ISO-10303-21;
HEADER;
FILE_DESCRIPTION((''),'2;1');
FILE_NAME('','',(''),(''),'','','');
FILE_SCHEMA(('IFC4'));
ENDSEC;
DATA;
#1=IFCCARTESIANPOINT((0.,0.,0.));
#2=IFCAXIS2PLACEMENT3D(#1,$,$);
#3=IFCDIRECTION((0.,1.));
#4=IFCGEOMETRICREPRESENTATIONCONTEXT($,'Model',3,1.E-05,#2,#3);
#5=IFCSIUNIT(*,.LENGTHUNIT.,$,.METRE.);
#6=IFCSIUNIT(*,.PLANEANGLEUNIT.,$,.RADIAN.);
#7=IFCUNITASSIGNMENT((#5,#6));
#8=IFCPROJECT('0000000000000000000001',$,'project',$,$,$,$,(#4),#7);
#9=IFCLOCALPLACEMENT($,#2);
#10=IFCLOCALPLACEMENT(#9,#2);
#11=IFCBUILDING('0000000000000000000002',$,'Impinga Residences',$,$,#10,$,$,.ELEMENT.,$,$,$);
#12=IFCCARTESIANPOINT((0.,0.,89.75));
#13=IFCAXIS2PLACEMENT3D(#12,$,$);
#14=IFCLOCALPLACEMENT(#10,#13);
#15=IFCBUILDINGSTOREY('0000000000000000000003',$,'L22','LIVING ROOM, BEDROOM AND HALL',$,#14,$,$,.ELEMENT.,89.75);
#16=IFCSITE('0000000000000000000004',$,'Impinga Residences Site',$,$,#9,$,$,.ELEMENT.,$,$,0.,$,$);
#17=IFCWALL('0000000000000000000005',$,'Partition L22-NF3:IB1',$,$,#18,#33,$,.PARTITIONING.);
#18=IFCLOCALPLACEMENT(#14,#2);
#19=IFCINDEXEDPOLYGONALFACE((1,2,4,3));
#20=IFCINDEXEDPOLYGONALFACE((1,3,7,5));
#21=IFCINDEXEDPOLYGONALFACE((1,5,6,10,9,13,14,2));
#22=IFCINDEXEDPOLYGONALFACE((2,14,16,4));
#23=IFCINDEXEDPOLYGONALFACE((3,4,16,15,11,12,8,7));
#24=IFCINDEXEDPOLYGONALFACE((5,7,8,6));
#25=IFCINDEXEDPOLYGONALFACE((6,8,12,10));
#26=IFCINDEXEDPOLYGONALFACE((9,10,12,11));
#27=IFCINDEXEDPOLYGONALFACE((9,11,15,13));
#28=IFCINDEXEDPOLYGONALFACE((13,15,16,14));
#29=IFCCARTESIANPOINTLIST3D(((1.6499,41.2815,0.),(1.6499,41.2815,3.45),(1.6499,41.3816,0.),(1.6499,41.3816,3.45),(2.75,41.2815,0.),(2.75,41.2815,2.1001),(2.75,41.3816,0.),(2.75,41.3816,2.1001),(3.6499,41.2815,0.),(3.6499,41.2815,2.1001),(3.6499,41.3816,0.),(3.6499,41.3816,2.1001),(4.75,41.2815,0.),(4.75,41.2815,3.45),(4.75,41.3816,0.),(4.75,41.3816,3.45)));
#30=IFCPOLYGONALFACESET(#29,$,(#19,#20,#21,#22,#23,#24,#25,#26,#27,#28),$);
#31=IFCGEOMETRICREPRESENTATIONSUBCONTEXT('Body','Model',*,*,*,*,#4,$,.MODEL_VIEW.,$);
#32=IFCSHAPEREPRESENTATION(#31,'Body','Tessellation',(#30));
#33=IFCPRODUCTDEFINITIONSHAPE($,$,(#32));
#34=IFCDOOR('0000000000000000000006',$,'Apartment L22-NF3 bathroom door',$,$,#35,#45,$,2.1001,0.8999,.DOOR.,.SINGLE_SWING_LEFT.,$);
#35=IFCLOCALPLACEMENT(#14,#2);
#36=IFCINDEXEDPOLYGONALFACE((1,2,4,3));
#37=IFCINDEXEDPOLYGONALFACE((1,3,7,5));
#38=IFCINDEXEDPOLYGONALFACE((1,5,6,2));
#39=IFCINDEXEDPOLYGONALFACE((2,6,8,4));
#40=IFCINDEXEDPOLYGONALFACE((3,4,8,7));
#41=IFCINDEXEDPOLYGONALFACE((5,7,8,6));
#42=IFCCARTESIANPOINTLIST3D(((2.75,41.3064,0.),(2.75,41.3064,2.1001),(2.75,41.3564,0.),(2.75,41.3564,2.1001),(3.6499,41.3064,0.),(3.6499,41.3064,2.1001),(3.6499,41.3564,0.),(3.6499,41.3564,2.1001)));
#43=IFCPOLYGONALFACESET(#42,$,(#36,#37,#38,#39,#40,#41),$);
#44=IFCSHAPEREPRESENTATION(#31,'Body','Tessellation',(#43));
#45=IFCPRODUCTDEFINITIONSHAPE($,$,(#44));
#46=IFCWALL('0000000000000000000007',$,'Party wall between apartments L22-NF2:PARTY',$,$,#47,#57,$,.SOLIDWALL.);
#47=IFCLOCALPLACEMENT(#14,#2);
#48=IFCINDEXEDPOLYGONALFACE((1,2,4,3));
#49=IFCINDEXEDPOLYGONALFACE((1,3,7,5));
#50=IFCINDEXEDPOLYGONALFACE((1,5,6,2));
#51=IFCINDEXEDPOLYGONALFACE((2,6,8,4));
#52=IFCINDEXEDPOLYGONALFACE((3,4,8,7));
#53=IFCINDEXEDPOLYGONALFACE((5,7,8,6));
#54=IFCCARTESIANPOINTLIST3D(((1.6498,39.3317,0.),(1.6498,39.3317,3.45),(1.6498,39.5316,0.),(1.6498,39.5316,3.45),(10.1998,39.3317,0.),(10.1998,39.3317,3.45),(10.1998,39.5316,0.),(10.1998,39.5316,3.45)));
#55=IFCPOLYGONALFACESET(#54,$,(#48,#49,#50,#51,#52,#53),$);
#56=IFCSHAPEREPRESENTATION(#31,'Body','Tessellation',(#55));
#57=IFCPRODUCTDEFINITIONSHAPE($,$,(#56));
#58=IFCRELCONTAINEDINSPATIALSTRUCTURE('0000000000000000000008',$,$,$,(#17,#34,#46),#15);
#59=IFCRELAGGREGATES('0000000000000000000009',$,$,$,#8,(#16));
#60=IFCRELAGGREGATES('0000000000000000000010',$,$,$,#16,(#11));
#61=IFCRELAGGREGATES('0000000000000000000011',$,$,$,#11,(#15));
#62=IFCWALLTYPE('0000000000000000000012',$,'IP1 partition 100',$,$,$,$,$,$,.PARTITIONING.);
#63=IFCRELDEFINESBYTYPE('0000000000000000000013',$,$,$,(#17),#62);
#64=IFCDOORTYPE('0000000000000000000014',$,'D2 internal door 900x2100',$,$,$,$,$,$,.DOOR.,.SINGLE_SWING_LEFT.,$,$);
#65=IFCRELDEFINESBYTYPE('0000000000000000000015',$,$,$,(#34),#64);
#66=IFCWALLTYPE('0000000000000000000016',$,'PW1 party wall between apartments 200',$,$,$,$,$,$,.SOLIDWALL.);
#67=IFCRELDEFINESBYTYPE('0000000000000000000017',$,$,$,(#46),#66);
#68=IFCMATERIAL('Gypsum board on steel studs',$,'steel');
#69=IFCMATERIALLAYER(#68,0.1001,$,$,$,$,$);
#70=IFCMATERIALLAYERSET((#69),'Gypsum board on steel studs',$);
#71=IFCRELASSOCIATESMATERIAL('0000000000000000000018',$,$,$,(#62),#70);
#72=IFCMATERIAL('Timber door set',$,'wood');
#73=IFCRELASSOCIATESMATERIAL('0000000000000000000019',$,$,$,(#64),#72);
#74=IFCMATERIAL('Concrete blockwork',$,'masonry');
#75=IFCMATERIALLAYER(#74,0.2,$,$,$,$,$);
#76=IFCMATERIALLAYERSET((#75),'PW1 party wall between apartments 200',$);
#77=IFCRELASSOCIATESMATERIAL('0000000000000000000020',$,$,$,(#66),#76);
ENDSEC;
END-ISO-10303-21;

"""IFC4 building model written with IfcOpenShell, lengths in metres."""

from ifc_helpers import new_model, si_unit, direction, frame, frame_2d, origin, place, context, subcontext, project, spatial, rectangle, extrude, material, layer, layer_set, type_object, element, fill, save


model = new_model("IFC4")

# Units and contexts
model_context = context("Model", 3, precision=1e-05, world=origin(), true_north=direction((0.0, 1.0)))
body_context = subcontext(model_context, "Body", "Model", "MODEL_VIEW")
ifc_project = project(units=[si_unit("LENGTHUNIT", "METRE"), si_unit("PLANEANGLEUNIT", "RADIAN")], contexts=[model_context])

# Site, building, storey
site_placement = place(None, origin())
site = spatial("IfcSite", under=ifc_project, at=site_placement, Name="Impinga Residences Site", CompositionType="ELEMENT", RefElevation=0.0)
building_placement = place(site_placement, origin())
building = spatial("IfcBuilding", under=site, at=building_placement, Name="Impinga Residences", CompositionType="ELEMENT")
storey_placement = place(building_placement, frame((0.0, 0.0, 89.75)))
storey = spatial("IfcBuildingStorey", under=building, at=storey_placement, Name="L22", Description="LIVING ROOM, BEDROOM AND HALL", CompositionType="ELEMENT", Elevation=89.75)

# Shared definitions
ifc_material_1 = material(Name="Gypsum board on steel studs", Category="steel")
ifc_layer_1 = layer(ifc_material_1, 0.1001)
ifc_layer_set_1 = layer_set([ifc_layer_1], Name="Gypsum board on steel studs")
wall_type_1 = type_object("IfcWallType", Name="IP1 partition 100", PredefinedType="PARTITIONING", material=ifc_layer_set_1)

# Shared definitions
ifc_material_2 = material(Name="Timber door set", Category="wood")
door_type = type_object("IfcDoorType", Name="D2 internal door 900x2100", OperationType="SINGLE_SWING_LEFT", PredefinedType="DOOR", material=ifc_material_2)

# Wall, opening, door
wall_1_placement = place(storey_placement, frame((1.6499, 41.3315, 0.0), z_axis=(0.0, 0.0, 1.0), x_axis=(1.0, 0.0, 0.0)))
wall_1 = element("IfcWall", 1, at=wall_1_placement, inside=storey, type_object=wall_type_1, Name="Partition L22-NF3:IB1", PredefinedType="PARTITIONING", context=body_context, shape_type="SweptSolid", body=[
    extrude(rectangle(XDim=3.1001, YDim=0.1001, at=frame_2d((1.55, 0.0))), origin(), (0.0, 0.0, 1.0), 3.45),
])
opening_1_placement = place(wall_1_placement, frame((1.1001, 0.0, 0.0)))
opening_1 = element("IfcOpeningElement", 2, at=opening_1_placement, cuts=wall_1, PredefinedType="OPENING", context=body_context, shape_type="SweptSolid", body=[
    extrude(rectangle(XDim=0.8999, YDim=2.1001, at=frame_2d((0.45, 1.05))), frame((0.0, 0.0601, 0.0), z_axis=(0.0, -1.0, 0.0), x_axis=(1.0, 0.0, 0.0)), (0.0, 0.0, 1.0), 0.1201),
])
door_1_placement = place(opening_1_placement, origin())
door_1 = element("IfcDoor", 3, at=door_1_placement, inside=storey, type_object=door_type, Name="Apartment L22-NF3 bathroom door", OperationType="SINGLE_SWING_LEFT", OverallHeight=2.1001, OverallWidth=0.8999, PredefinedType="DOOR", context=body_context, shape_type="SweptSolid", body=[
    extrude(rectangle(XDim=0.8999, YDim=2.1001, at=frame_2d((0.45, 1.05))), frame((0.0, 0.0249, 0.0), z_axis=(0.0, -1.0, 0.0), x_axis=(1.0, 0.0, 0.0)), (0.0, 0.0, 1.0), 0.05),
])
fill(opening_1, door_1)

# Wall
ifc_material_3 = material(Name="Concrete blockwork", Category="masonry")
ifc_layer_2 = layer(ifc_material_3, 0.2)
ifc_layer_set_2 = layer_set([ifc_layer_2], Name="PW1 party wall between apartments 200")
wall_type_2 = type_object("IfcWallType", Name="PW1 party wall between apartments 200", PredefinedType="SOLIDWALL", material=ifc_layer_set_2)
wall_2_placement = place(storey_placement, frame((1.6499, 39.4316, 0.0), z_axis=(0.0, 0.0, 1.0), x_axis=(1.0, 0.0, 0.0)))
element("IfcWall", 4, at=wall_2_placement, inside=storey, type_object=wall_type_2, Name="Party wall between apartments L22-NF2:PARTY", PredefinedType="SOLIDWALL", context=body_context, shape_type="SweptSolid", body=[
    extrude(rectangle(XDim=8.55, YDim=0.2, at=frame_2d((4.2749, 0.0))), origin(), (0.0, 0.0, 1.0), 3.45),
])

save(model, "model.ifc")
